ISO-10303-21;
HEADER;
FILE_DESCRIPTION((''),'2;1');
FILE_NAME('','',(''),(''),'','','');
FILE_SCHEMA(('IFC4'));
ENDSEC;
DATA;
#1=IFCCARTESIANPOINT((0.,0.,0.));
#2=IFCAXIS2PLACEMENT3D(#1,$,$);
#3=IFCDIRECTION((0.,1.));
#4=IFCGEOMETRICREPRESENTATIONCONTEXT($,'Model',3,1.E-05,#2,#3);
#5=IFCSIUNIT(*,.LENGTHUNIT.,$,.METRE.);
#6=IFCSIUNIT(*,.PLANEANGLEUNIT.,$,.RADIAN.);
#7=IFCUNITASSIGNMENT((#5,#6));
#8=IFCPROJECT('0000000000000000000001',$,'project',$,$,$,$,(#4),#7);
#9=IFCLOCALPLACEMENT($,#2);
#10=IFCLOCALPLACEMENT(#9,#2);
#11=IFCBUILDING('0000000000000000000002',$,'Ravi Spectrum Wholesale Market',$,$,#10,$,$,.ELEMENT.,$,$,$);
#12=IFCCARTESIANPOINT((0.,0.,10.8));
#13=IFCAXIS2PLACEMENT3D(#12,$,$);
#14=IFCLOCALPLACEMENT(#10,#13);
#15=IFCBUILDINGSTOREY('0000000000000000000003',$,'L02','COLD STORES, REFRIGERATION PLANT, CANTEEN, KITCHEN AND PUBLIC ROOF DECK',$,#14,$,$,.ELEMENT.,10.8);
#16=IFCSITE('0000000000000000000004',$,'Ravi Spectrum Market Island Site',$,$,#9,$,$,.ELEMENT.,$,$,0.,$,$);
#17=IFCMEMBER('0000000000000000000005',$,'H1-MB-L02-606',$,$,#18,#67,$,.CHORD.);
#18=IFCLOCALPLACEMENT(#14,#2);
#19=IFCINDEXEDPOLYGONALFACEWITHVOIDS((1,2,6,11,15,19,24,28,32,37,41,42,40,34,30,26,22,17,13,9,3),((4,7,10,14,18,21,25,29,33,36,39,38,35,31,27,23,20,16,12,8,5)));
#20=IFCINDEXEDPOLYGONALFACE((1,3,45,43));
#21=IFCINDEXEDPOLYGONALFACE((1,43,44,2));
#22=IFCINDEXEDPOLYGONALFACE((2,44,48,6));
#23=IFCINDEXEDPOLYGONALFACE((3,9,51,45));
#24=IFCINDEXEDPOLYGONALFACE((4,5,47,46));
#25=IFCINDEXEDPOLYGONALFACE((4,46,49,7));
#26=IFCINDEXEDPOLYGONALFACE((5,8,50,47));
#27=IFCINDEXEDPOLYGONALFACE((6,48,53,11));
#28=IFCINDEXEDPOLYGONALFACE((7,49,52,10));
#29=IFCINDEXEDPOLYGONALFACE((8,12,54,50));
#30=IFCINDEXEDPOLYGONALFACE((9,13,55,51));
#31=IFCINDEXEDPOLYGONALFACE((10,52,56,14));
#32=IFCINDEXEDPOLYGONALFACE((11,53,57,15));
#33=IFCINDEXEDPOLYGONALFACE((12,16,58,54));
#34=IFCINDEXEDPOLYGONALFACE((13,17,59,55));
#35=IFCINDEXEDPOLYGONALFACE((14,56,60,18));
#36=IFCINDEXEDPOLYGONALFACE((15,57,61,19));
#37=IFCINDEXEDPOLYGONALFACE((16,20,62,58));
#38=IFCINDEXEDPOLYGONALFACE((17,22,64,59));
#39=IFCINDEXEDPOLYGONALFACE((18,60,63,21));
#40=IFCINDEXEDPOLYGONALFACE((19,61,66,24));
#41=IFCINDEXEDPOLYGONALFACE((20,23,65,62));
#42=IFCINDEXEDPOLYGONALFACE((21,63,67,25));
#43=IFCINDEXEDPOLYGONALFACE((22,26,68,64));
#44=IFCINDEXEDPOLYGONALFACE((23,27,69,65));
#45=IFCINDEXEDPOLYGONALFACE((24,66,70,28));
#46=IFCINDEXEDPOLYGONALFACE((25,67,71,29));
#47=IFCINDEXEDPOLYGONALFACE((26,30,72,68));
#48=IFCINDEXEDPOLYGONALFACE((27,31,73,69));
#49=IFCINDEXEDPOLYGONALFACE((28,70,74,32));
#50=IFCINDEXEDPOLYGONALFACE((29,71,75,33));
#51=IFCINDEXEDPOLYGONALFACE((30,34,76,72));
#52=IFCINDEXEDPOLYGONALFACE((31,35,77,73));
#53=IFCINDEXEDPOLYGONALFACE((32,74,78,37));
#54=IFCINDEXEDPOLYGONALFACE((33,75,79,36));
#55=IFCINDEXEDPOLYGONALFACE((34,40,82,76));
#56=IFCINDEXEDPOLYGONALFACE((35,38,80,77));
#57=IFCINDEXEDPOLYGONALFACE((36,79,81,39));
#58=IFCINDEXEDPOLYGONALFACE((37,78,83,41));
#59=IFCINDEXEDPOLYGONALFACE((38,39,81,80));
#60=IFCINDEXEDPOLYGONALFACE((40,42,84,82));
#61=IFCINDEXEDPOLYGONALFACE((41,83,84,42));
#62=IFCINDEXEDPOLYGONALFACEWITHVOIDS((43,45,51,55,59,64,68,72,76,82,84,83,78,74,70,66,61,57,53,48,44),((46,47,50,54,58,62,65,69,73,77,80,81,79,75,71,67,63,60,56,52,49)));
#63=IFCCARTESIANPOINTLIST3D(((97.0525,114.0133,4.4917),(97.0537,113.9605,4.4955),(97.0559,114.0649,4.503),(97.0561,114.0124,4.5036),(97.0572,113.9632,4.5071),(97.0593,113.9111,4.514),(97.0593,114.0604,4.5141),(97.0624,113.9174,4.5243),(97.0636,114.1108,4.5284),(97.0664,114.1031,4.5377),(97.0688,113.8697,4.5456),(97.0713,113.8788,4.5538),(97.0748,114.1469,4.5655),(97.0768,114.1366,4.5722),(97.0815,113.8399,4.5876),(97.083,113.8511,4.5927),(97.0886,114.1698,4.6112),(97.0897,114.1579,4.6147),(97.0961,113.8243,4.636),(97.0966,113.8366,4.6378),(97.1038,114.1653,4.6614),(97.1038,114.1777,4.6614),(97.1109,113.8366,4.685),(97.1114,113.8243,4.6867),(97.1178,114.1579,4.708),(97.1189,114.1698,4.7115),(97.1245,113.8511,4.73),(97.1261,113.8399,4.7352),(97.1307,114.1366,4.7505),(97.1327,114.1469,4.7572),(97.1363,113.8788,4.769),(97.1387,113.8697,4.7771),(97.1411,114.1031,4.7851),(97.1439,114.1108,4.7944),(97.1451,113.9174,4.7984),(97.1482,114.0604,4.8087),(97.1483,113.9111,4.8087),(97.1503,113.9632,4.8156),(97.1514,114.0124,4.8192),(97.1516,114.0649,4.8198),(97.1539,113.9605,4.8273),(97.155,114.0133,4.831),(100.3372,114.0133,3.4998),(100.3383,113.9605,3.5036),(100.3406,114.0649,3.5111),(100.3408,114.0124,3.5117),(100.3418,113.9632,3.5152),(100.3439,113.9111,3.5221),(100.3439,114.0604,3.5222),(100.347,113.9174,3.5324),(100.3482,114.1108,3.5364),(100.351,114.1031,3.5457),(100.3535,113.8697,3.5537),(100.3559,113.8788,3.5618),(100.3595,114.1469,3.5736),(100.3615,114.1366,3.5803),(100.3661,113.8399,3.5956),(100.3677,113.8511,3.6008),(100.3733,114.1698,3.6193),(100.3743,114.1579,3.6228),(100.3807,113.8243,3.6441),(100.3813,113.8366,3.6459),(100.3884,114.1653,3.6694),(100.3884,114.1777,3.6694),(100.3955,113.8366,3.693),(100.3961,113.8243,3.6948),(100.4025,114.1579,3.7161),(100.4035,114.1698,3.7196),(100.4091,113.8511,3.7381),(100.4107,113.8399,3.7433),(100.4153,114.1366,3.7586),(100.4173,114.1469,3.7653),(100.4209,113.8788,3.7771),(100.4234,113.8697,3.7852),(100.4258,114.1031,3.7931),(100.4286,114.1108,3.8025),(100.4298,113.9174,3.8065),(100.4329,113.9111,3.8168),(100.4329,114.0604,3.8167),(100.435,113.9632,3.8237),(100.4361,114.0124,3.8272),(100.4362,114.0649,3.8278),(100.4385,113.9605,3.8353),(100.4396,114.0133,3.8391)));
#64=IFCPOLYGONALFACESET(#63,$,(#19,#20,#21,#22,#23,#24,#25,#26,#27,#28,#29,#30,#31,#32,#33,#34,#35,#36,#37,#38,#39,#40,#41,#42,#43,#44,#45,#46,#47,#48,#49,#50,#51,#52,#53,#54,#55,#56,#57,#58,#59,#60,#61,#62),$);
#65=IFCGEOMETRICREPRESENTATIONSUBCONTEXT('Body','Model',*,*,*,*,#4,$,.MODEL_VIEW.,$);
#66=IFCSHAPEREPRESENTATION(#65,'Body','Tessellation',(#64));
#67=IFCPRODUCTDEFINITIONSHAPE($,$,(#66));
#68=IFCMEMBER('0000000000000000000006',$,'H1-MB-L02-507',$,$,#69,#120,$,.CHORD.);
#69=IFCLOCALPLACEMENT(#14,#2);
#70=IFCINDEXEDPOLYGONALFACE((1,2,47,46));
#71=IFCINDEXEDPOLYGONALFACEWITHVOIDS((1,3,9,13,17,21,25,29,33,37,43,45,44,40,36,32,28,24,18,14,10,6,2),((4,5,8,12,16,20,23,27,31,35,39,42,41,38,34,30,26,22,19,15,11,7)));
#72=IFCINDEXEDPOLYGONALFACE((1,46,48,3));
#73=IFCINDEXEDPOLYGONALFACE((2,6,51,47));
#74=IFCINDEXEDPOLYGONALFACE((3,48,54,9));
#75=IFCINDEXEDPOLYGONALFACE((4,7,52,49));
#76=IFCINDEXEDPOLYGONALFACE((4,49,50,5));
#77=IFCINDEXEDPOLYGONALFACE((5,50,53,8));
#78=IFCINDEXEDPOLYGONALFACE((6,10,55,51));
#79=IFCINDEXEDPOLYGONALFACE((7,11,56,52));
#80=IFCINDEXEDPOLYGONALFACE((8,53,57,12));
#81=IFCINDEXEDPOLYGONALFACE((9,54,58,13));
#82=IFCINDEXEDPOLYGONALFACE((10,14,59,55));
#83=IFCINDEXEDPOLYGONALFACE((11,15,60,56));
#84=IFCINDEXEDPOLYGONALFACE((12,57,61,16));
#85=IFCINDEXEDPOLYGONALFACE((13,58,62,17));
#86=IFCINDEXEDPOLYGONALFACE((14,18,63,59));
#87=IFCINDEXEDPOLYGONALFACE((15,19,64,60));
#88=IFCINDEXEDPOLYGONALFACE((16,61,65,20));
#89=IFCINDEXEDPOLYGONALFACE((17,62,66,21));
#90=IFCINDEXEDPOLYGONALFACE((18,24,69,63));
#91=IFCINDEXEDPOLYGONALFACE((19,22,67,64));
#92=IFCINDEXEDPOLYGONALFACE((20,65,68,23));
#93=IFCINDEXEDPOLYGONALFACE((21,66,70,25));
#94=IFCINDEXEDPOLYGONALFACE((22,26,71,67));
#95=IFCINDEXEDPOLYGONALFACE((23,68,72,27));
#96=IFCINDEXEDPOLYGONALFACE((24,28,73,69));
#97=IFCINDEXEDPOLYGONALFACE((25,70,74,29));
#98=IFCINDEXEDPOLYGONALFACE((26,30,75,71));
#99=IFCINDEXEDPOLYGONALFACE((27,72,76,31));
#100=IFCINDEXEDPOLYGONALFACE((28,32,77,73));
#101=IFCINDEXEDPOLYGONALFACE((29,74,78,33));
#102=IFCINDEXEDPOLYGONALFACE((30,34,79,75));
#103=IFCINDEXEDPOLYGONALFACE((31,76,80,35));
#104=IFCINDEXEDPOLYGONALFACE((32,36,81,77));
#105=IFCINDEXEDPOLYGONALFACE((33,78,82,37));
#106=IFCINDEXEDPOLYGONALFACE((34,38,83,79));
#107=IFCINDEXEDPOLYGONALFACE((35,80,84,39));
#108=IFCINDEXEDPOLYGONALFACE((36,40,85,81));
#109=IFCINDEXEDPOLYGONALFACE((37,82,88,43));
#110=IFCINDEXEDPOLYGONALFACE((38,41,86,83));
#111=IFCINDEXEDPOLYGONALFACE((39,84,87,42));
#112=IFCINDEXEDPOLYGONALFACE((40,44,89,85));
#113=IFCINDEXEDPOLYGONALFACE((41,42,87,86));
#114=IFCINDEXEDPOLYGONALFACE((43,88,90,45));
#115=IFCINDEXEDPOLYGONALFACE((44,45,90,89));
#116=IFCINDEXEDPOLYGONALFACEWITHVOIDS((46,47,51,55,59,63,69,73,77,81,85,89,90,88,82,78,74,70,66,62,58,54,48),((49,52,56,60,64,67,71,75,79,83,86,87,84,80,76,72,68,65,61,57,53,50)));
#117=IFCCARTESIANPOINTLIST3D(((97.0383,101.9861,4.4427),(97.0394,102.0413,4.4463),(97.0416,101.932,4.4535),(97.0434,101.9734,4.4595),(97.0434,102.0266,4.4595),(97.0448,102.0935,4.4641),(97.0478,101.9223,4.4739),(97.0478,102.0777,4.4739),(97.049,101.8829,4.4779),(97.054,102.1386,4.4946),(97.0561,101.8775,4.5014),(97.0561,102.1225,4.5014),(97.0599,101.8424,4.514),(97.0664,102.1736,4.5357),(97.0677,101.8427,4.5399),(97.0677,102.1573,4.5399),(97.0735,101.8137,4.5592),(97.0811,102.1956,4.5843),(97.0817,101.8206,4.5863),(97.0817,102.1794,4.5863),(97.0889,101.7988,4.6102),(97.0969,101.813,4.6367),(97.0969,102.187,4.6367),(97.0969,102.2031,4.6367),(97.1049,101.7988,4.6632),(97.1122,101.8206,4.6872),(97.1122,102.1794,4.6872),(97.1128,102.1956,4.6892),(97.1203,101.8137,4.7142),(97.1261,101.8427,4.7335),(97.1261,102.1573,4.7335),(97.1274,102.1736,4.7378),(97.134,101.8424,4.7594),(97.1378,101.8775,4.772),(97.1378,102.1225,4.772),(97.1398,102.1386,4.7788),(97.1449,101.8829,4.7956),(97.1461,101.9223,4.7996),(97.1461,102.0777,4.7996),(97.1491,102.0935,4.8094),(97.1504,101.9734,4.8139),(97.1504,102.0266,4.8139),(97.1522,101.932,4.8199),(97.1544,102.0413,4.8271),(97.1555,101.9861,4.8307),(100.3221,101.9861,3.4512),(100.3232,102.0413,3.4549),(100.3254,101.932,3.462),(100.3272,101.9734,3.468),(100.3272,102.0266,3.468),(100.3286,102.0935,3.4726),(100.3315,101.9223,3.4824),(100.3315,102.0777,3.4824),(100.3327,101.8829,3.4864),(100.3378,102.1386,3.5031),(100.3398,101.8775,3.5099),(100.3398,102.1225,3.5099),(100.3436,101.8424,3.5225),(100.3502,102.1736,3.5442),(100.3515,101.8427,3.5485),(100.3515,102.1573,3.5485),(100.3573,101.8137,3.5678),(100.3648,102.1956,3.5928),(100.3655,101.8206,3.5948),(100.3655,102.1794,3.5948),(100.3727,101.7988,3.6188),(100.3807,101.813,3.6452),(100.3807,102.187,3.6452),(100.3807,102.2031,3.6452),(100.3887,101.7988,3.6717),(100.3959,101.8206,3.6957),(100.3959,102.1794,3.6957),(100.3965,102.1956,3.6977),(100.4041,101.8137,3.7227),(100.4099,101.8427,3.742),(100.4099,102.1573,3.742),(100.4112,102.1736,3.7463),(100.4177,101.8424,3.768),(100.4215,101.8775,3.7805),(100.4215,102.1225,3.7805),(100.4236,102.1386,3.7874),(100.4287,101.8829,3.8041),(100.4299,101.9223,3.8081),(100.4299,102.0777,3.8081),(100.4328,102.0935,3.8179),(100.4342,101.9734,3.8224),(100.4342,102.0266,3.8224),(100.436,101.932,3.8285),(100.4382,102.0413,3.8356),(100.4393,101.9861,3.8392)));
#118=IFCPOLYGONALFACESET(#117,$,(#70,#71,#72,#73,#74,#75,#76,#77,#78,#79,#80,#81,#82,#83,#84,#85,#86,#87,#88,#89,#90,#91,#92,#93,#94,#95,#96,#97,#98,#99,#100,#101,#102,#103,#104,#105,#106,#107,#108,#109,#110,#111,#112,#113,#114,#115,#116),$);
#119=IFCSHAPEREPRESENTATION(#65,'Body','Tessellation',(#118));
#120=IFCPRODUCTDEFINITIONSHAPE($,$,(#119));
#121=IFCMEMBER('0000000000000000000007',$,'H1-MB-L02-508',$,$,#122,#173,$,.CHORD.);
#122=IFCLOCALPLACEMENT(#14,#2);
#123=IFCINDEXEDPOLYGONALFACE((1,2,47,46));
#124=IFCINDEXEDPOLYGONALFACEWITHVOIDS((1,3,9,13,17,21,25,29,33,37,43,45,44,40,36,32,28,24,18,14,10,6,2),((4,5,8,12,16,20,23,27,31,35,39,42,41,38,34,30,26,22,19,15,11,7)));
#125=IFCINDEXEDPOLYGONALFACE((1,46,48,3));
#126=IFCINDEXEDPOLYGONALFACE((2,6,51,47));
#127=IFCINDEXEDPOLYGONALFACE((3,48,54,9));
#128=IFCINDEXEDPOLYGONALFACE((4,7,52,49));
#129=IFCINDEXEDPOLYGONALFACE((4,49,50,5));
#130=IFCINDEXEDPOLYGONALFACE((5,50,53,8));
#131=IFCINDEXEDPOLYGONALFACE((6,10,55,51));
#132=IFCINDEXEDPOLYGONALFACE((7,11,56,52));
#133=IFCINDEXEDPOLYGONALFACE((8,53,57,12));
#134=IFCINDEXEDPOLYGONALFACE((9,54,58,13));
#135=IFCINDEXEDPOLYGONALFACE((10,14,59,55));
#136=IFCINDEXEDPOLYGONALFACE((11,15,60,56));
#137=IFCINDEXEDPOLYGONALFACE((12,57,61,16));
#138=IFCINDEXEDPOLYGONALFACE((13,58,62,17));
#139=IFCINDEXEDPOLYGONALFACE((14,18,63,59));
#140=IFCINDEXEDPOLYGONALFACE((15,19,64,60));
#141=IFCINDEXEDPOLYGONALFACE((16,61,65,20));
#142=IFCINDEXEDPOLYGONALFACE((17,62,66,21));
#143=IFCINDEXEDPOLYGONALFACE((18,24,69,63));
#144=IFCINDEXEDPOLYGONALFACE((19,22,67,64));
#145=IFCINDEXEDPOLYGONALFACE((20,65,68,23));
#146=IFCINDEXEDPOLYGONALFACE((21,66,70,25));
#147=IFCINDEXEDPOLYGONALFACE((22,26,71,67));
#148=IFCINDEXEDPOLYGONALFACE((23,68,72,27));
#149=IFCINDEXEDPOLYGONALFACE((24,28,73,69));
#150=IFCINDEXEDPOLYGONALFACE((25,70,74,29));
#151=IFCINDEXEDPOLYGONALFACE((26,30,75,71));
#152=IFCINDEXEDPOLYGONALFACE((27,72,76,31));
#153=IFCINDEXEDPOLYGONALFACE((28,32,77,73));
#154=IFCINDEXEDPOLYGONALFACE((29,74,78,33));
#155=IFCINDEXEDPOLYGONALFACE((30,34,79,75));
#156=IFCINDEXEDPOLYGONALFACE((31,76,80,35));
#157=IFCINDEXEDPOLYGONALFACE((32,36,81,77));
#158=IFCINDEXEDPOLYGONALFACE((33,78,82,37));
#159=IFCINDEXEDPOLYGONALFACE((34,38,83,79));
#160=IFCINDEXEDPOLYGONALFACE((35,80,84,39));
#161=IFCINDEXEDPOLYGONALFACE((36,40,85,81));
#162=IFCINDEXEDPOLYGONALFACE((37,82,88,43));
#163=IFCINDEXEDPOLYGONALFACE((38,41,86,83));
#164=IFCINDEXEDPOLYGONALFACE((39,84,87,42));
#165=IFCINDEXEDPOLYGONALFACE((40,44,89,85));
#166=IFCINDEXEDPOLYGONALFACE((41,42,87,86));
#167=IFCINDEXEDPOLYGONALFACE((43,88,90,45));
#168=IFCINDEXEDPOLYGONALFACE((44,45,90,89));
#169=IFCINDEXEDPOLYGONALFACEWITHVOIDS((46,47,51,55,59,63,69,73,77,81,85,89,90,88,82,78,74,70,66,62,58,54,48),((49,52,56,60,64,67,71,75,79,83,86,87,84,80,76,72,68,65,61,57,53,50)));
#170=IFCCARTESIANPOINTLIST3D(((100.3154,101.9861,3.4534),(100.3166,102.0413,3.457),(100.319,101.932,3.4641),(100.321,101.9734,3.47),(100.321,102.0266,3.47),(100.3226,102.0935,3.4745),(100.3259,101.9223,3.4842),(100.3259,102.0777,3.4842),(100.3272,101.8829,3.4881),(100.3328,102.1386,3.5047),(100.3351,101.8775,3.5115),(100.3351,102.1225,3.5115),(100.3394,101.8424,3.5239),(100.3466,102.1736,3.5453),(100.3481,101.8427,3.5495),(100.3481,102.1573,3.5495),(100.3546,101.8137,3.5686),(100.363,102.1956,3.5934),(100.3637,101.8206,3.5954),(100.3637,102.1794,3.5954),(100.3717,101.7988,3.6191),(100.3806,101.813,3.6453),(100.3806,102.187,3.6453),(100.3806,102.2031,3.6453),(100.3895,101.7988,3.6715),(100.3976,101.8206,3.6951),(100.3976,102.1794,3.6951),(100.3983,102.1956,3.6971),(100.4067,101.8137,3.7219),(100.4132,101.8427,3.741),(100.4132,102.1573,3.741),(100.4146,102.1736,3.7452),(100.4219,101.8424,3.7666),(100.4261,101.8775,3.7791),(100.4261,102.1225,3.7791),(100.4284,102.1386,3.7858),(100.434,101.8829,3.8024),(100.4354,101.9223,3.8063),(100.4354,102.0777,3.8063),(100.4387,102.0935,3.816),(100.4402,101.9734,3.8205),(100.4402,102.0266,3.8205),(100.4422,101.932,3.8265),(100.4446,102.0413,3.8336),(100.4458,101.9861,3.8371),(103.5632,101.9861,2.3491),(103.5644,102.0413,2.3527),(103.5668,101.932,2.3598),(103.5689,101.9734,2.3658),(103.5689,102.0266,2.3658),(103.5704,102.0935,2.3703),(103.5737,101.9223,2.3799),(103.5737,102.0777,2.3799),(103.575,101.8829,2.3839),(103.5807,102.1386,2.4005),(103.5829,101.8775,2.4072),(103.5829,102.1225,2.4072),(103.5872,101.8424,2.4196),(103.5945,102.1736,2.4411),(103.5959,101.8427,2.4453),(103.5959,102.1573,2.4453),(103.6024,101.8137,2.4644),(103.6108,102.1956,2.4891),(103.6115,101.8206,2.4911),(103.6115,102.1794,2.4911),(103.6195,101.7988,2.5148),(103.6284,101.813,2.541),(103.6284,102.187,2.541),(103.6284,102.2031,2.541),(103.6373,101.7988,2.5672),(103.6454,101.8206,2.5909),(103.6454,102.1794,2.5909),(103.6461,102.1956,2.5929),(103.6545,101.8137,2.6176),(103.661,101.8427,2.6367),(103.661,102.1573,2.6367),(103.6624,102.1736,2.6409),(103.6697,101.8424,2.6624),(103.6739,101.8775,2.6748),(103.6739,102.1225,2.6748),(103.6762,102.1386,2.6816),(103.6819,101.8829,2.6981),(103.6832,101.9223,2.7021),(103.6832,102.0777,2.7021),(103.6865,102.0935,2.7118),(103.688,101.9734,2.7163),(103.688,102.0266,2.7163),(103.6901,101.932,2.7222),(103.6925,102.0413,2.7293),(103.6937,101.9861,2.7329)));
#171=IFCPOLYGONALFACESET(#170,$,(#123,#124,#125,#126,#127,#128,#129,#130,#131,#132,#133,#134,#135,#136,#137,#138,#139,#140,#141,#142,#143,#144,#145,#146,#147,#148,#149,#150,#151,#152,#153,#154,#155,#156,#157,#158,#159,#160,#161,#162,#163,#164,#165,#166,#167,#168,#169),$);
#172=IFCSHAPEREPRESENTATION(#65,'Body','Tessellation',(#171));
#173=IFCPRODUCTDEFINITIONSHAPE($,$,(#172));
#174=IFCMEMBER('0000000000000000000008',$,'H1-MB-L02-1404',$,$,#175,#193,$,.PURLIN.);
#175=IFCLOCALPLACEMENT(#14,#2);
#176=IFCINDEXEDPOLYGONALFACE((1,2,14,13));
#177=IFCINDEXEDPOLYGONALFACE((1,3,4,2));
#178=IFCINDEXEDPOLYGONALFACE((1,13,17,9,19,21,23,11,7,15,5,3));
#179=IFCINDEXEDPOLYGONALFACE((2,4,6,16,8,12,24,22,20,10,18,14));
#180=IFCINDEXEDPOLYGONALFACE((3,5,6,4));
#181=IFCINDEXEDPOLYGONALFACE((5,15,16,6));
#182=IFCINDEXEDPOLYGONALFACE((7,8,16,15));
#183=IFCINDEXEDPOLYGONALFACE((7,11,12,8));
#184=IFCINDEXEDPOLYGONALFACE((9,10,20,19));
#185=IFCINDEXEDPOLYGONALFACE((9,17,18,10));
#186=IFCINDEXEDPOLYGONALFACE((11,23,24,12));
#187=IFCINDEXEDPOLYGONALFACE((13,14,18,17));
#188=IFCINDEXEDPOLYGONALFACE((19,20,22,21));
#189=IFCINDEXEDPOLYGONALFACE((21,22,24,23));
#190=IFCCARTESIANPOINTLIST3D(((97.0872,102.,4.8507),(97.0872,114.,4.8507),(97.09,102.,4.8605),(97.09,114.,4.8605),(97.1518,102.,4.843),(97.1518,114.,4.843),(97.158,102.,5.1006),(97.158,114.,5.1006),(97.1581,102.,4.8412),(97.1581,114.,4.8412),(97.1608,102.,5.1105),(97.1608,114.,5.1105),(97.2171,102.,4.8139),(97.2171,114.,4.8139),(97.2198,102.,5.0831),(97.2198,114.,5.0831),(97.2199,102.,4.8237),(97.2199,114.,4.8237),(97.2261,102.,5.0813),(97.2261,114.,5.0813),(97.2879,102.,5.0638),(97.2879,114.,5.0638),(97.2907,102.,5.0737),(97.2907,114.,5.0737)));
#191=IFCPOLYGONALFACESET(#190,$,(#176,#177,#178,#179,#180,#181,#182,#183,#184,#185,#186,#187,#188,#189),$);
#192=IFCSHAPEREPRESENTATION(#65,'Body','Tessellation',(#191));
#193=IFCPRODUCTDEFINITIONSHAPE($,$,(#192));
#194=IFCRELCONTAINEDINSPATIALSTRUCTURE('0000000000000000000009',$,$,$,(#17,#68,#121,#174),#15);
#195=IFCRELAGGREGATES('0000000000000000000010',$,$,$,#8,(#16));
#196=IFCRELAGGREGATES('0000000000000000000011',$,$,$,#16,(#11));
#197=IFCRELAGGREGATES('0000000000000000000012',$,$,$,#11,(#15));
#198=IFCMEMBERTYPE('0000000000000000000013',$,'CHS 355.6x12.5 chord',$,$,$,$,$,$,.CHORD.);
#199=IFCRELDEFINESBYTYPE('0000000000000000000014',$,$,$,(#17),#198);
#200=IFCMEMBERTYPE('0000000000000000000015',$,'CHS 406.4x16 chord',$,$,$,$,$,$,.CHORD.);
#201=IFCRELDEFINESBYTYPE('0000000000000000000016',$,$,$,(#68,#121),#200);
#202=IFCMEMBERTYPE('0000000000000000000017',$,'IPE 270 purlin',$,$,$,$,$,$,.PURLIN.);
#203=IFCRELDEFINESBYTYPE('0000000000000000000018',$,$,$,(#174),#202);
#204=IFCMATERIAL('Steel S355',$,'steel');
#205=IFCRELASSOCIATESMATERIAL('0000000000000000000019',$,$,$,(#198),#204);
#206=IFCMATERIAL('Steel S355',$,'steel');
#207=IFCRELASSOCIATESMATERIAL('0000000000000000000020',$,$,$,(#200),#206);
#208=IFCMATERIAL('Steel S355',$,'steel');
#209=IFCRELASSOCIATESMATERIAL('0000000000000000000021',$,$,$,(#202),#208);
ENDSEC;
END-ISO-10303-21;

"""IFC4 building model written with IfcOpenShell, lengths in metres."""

from ifc_helpers import new_model, si_unit, direction, frame, origin, origin_2d, place, context, subcontext, project, spatial, hollow_circle, i_section, extrude, material, material_profile, profile_set, type_object, element, save


model = new_model("IFC4")

# Units and contexts
model_context = context("Model", 3, precision=1e-05, world=origin(), true_north=direction((0.0, 1.0)))
body_context = subcontext(model_context, "Body", "Model", "MODEL_VIEW")
ifc_project = project(units=[si_unit("LENGTHUNIT", "METRE"), si_unit("PLANEANGLEUNIT", "RADIAN")], contexts=[model_context])

# Site, building, storey
site_placement = place(None, origin())
site = spatial("IfcSite", under=ifc_project, at=site_placement, Name="Ravi Spectrum Market Island Site", CompositionType="ELEMENT", RefElevation=0.0)
building_placement = place(site_placement, origin())
building = spatial("IfcBuilding", under=site, at=building_placement, Name="Ravi Spectrum Wholesale Market", CompositionType="ELEMENT")
storey_placement = place(building_placement, frame((0.0, 0.0, 10.8)))
storey = spatial("IfcBuildingStorey", under=building, at=storey_placement, Name="L02", Description="COLD STORES, REFRIGERATION PLANT, CANTEEN, KITCHEN AND PUBLIC ROOF DECK", CompositionType="ELEMENT", Elevation=10.8)

# Members
ifc_material_1 = material(Name="Steel S355", Category="steel")
ifc_material_profile_1 = material_profile(ifc_material_1, hollow_circle(Radius=0.1777, WallThickness=0.0125, at=origin_2d()))
ifc_profile_set_1 = profile_set([ifc_material_profile_1], Name="Steel S355")
member_type_1 = type_object("IfcMemberType", Name="CHS 355.6x12.5 chord", PredefinedType="CHORD", material=ifc_profile_set_1)
for number, where, z_axis, x_axis, name in (
    (1, (97.1038, 114.0, 4.6614), (0.9573, 0.0, -0.289097), (0.0, 1.0, 0.0), "H1-MB-L02-606"),
):
    element("IfcMember", number, at=place(storey_placement, frame(where, z_axis=z_axis, x_axis=x_axis)), inside=storey, type_object=member_type_1, Name=name, PredefinedType="CHORD", context=body_context, shape_type="SweptSolid", body=[
        extrude(hollow_circle(Radius=0.1777, WallThickness=0.0125, at=origin_2d()), origin(), (0.0, 0.0, 1.0), 3.4312),
    ])
ifc_material_2 = material(Name="Steel S355", Category="steel")
ifc_material_profile_2 = material_profile(ifc_material_2, hollow_circle(Radius=0.2031, WallThickness=0.0161, at=origin_2d()))
ifc_profile_set_2 = profile_set([ifc_material_profile_2], Name="Steel S355")
member_type_2 = type_object("IfcMemberType", Name="CHS 406.4x16 chord", PredefinedType="CHORD", material=ifc_profile_set_2)
member_1_placement = place(storey_placement, frame((97.0969, 102.0, 4.6367), z_axis=(0.957315, 0.0, -0.289045), x_axis=(0.0, 1.0, 0.0)))
element("IfcMember", 2, at=member_1_placement, inside=storey, type_object=member_type_2, Name="H1-MB-L02-507", PredefinedType="CHORD", context=body_context, shape_type="SweptSolid", body=[
    extrude(hollow_circle(Radius=0.2031, WallThickness=0.0161, at=origin_2d()), origin(), (0.0, 0.0, 1.0), 3.4302),
])
member_2_placement = place(storey_placement, frame((100.3806, 102.0, 3.6453), z_axis=(0.946773, 0.0, -0.321901), x_axis=(0.0, 1.0, 0.0)))
element("IfcMember", 3, at=member_2_placement, inside=storey, type_object=member_type_2, Name="H1-MB-L02-508", PredefinedType="CHORD", context=body_context, shape_type="SweptSolid", body=[
    extrude(hollow_circle(Radius=0.2031, WallThickness=0.0161, at=origin_2d()), origin(), (0.0, 0.0, 1.0), 3.4304),
])
ifc_material_3 = material(Name="Steel S355", Category="steel")
ifc_material_profile_3 = material_profile(ifc_material_3, i_section(OverallWidth=0.135, OverallDepth=0.27, WebThickness=0.0066, FlangeThickness=0.0103, at=origin_2d()))
ifc_profile_set_3 = profile_set([ifc_material_profile_3], Name="Steel S355")
member_type_3 = type_object("IfcMemberType", Name="IPE 270 purlin", PredefinedType="PURLIN", material=ifc_profile_set_3)
for number, where, z_axis, x_axis, name in (
    (4, (97.189, 102.0, 4.9622), (0.0, 1.0, 0.0), (-0.962156, 0.0, 0.272499), "H1-MB-L02-1404"),
):
    element("IfcMember", number, at=place(storey_placement, frame(where, z_axis=z_axis, x_axis=x_axis)), inside=storey, type_object=member_type_3, Name=name, PredefinedType="PURLIN", context=body_context, shape_type="SweptSolid", body=[
        extrude(i_section(OverallWidth=0.135, OverallDepth=0.27, WebThickness=0.0066, FlangeThickness=0.0103, at=origin_2d()), origin(), (0.0, 0.0, 1.0), 12.0),
    ])

save(model, "model.ifc")
